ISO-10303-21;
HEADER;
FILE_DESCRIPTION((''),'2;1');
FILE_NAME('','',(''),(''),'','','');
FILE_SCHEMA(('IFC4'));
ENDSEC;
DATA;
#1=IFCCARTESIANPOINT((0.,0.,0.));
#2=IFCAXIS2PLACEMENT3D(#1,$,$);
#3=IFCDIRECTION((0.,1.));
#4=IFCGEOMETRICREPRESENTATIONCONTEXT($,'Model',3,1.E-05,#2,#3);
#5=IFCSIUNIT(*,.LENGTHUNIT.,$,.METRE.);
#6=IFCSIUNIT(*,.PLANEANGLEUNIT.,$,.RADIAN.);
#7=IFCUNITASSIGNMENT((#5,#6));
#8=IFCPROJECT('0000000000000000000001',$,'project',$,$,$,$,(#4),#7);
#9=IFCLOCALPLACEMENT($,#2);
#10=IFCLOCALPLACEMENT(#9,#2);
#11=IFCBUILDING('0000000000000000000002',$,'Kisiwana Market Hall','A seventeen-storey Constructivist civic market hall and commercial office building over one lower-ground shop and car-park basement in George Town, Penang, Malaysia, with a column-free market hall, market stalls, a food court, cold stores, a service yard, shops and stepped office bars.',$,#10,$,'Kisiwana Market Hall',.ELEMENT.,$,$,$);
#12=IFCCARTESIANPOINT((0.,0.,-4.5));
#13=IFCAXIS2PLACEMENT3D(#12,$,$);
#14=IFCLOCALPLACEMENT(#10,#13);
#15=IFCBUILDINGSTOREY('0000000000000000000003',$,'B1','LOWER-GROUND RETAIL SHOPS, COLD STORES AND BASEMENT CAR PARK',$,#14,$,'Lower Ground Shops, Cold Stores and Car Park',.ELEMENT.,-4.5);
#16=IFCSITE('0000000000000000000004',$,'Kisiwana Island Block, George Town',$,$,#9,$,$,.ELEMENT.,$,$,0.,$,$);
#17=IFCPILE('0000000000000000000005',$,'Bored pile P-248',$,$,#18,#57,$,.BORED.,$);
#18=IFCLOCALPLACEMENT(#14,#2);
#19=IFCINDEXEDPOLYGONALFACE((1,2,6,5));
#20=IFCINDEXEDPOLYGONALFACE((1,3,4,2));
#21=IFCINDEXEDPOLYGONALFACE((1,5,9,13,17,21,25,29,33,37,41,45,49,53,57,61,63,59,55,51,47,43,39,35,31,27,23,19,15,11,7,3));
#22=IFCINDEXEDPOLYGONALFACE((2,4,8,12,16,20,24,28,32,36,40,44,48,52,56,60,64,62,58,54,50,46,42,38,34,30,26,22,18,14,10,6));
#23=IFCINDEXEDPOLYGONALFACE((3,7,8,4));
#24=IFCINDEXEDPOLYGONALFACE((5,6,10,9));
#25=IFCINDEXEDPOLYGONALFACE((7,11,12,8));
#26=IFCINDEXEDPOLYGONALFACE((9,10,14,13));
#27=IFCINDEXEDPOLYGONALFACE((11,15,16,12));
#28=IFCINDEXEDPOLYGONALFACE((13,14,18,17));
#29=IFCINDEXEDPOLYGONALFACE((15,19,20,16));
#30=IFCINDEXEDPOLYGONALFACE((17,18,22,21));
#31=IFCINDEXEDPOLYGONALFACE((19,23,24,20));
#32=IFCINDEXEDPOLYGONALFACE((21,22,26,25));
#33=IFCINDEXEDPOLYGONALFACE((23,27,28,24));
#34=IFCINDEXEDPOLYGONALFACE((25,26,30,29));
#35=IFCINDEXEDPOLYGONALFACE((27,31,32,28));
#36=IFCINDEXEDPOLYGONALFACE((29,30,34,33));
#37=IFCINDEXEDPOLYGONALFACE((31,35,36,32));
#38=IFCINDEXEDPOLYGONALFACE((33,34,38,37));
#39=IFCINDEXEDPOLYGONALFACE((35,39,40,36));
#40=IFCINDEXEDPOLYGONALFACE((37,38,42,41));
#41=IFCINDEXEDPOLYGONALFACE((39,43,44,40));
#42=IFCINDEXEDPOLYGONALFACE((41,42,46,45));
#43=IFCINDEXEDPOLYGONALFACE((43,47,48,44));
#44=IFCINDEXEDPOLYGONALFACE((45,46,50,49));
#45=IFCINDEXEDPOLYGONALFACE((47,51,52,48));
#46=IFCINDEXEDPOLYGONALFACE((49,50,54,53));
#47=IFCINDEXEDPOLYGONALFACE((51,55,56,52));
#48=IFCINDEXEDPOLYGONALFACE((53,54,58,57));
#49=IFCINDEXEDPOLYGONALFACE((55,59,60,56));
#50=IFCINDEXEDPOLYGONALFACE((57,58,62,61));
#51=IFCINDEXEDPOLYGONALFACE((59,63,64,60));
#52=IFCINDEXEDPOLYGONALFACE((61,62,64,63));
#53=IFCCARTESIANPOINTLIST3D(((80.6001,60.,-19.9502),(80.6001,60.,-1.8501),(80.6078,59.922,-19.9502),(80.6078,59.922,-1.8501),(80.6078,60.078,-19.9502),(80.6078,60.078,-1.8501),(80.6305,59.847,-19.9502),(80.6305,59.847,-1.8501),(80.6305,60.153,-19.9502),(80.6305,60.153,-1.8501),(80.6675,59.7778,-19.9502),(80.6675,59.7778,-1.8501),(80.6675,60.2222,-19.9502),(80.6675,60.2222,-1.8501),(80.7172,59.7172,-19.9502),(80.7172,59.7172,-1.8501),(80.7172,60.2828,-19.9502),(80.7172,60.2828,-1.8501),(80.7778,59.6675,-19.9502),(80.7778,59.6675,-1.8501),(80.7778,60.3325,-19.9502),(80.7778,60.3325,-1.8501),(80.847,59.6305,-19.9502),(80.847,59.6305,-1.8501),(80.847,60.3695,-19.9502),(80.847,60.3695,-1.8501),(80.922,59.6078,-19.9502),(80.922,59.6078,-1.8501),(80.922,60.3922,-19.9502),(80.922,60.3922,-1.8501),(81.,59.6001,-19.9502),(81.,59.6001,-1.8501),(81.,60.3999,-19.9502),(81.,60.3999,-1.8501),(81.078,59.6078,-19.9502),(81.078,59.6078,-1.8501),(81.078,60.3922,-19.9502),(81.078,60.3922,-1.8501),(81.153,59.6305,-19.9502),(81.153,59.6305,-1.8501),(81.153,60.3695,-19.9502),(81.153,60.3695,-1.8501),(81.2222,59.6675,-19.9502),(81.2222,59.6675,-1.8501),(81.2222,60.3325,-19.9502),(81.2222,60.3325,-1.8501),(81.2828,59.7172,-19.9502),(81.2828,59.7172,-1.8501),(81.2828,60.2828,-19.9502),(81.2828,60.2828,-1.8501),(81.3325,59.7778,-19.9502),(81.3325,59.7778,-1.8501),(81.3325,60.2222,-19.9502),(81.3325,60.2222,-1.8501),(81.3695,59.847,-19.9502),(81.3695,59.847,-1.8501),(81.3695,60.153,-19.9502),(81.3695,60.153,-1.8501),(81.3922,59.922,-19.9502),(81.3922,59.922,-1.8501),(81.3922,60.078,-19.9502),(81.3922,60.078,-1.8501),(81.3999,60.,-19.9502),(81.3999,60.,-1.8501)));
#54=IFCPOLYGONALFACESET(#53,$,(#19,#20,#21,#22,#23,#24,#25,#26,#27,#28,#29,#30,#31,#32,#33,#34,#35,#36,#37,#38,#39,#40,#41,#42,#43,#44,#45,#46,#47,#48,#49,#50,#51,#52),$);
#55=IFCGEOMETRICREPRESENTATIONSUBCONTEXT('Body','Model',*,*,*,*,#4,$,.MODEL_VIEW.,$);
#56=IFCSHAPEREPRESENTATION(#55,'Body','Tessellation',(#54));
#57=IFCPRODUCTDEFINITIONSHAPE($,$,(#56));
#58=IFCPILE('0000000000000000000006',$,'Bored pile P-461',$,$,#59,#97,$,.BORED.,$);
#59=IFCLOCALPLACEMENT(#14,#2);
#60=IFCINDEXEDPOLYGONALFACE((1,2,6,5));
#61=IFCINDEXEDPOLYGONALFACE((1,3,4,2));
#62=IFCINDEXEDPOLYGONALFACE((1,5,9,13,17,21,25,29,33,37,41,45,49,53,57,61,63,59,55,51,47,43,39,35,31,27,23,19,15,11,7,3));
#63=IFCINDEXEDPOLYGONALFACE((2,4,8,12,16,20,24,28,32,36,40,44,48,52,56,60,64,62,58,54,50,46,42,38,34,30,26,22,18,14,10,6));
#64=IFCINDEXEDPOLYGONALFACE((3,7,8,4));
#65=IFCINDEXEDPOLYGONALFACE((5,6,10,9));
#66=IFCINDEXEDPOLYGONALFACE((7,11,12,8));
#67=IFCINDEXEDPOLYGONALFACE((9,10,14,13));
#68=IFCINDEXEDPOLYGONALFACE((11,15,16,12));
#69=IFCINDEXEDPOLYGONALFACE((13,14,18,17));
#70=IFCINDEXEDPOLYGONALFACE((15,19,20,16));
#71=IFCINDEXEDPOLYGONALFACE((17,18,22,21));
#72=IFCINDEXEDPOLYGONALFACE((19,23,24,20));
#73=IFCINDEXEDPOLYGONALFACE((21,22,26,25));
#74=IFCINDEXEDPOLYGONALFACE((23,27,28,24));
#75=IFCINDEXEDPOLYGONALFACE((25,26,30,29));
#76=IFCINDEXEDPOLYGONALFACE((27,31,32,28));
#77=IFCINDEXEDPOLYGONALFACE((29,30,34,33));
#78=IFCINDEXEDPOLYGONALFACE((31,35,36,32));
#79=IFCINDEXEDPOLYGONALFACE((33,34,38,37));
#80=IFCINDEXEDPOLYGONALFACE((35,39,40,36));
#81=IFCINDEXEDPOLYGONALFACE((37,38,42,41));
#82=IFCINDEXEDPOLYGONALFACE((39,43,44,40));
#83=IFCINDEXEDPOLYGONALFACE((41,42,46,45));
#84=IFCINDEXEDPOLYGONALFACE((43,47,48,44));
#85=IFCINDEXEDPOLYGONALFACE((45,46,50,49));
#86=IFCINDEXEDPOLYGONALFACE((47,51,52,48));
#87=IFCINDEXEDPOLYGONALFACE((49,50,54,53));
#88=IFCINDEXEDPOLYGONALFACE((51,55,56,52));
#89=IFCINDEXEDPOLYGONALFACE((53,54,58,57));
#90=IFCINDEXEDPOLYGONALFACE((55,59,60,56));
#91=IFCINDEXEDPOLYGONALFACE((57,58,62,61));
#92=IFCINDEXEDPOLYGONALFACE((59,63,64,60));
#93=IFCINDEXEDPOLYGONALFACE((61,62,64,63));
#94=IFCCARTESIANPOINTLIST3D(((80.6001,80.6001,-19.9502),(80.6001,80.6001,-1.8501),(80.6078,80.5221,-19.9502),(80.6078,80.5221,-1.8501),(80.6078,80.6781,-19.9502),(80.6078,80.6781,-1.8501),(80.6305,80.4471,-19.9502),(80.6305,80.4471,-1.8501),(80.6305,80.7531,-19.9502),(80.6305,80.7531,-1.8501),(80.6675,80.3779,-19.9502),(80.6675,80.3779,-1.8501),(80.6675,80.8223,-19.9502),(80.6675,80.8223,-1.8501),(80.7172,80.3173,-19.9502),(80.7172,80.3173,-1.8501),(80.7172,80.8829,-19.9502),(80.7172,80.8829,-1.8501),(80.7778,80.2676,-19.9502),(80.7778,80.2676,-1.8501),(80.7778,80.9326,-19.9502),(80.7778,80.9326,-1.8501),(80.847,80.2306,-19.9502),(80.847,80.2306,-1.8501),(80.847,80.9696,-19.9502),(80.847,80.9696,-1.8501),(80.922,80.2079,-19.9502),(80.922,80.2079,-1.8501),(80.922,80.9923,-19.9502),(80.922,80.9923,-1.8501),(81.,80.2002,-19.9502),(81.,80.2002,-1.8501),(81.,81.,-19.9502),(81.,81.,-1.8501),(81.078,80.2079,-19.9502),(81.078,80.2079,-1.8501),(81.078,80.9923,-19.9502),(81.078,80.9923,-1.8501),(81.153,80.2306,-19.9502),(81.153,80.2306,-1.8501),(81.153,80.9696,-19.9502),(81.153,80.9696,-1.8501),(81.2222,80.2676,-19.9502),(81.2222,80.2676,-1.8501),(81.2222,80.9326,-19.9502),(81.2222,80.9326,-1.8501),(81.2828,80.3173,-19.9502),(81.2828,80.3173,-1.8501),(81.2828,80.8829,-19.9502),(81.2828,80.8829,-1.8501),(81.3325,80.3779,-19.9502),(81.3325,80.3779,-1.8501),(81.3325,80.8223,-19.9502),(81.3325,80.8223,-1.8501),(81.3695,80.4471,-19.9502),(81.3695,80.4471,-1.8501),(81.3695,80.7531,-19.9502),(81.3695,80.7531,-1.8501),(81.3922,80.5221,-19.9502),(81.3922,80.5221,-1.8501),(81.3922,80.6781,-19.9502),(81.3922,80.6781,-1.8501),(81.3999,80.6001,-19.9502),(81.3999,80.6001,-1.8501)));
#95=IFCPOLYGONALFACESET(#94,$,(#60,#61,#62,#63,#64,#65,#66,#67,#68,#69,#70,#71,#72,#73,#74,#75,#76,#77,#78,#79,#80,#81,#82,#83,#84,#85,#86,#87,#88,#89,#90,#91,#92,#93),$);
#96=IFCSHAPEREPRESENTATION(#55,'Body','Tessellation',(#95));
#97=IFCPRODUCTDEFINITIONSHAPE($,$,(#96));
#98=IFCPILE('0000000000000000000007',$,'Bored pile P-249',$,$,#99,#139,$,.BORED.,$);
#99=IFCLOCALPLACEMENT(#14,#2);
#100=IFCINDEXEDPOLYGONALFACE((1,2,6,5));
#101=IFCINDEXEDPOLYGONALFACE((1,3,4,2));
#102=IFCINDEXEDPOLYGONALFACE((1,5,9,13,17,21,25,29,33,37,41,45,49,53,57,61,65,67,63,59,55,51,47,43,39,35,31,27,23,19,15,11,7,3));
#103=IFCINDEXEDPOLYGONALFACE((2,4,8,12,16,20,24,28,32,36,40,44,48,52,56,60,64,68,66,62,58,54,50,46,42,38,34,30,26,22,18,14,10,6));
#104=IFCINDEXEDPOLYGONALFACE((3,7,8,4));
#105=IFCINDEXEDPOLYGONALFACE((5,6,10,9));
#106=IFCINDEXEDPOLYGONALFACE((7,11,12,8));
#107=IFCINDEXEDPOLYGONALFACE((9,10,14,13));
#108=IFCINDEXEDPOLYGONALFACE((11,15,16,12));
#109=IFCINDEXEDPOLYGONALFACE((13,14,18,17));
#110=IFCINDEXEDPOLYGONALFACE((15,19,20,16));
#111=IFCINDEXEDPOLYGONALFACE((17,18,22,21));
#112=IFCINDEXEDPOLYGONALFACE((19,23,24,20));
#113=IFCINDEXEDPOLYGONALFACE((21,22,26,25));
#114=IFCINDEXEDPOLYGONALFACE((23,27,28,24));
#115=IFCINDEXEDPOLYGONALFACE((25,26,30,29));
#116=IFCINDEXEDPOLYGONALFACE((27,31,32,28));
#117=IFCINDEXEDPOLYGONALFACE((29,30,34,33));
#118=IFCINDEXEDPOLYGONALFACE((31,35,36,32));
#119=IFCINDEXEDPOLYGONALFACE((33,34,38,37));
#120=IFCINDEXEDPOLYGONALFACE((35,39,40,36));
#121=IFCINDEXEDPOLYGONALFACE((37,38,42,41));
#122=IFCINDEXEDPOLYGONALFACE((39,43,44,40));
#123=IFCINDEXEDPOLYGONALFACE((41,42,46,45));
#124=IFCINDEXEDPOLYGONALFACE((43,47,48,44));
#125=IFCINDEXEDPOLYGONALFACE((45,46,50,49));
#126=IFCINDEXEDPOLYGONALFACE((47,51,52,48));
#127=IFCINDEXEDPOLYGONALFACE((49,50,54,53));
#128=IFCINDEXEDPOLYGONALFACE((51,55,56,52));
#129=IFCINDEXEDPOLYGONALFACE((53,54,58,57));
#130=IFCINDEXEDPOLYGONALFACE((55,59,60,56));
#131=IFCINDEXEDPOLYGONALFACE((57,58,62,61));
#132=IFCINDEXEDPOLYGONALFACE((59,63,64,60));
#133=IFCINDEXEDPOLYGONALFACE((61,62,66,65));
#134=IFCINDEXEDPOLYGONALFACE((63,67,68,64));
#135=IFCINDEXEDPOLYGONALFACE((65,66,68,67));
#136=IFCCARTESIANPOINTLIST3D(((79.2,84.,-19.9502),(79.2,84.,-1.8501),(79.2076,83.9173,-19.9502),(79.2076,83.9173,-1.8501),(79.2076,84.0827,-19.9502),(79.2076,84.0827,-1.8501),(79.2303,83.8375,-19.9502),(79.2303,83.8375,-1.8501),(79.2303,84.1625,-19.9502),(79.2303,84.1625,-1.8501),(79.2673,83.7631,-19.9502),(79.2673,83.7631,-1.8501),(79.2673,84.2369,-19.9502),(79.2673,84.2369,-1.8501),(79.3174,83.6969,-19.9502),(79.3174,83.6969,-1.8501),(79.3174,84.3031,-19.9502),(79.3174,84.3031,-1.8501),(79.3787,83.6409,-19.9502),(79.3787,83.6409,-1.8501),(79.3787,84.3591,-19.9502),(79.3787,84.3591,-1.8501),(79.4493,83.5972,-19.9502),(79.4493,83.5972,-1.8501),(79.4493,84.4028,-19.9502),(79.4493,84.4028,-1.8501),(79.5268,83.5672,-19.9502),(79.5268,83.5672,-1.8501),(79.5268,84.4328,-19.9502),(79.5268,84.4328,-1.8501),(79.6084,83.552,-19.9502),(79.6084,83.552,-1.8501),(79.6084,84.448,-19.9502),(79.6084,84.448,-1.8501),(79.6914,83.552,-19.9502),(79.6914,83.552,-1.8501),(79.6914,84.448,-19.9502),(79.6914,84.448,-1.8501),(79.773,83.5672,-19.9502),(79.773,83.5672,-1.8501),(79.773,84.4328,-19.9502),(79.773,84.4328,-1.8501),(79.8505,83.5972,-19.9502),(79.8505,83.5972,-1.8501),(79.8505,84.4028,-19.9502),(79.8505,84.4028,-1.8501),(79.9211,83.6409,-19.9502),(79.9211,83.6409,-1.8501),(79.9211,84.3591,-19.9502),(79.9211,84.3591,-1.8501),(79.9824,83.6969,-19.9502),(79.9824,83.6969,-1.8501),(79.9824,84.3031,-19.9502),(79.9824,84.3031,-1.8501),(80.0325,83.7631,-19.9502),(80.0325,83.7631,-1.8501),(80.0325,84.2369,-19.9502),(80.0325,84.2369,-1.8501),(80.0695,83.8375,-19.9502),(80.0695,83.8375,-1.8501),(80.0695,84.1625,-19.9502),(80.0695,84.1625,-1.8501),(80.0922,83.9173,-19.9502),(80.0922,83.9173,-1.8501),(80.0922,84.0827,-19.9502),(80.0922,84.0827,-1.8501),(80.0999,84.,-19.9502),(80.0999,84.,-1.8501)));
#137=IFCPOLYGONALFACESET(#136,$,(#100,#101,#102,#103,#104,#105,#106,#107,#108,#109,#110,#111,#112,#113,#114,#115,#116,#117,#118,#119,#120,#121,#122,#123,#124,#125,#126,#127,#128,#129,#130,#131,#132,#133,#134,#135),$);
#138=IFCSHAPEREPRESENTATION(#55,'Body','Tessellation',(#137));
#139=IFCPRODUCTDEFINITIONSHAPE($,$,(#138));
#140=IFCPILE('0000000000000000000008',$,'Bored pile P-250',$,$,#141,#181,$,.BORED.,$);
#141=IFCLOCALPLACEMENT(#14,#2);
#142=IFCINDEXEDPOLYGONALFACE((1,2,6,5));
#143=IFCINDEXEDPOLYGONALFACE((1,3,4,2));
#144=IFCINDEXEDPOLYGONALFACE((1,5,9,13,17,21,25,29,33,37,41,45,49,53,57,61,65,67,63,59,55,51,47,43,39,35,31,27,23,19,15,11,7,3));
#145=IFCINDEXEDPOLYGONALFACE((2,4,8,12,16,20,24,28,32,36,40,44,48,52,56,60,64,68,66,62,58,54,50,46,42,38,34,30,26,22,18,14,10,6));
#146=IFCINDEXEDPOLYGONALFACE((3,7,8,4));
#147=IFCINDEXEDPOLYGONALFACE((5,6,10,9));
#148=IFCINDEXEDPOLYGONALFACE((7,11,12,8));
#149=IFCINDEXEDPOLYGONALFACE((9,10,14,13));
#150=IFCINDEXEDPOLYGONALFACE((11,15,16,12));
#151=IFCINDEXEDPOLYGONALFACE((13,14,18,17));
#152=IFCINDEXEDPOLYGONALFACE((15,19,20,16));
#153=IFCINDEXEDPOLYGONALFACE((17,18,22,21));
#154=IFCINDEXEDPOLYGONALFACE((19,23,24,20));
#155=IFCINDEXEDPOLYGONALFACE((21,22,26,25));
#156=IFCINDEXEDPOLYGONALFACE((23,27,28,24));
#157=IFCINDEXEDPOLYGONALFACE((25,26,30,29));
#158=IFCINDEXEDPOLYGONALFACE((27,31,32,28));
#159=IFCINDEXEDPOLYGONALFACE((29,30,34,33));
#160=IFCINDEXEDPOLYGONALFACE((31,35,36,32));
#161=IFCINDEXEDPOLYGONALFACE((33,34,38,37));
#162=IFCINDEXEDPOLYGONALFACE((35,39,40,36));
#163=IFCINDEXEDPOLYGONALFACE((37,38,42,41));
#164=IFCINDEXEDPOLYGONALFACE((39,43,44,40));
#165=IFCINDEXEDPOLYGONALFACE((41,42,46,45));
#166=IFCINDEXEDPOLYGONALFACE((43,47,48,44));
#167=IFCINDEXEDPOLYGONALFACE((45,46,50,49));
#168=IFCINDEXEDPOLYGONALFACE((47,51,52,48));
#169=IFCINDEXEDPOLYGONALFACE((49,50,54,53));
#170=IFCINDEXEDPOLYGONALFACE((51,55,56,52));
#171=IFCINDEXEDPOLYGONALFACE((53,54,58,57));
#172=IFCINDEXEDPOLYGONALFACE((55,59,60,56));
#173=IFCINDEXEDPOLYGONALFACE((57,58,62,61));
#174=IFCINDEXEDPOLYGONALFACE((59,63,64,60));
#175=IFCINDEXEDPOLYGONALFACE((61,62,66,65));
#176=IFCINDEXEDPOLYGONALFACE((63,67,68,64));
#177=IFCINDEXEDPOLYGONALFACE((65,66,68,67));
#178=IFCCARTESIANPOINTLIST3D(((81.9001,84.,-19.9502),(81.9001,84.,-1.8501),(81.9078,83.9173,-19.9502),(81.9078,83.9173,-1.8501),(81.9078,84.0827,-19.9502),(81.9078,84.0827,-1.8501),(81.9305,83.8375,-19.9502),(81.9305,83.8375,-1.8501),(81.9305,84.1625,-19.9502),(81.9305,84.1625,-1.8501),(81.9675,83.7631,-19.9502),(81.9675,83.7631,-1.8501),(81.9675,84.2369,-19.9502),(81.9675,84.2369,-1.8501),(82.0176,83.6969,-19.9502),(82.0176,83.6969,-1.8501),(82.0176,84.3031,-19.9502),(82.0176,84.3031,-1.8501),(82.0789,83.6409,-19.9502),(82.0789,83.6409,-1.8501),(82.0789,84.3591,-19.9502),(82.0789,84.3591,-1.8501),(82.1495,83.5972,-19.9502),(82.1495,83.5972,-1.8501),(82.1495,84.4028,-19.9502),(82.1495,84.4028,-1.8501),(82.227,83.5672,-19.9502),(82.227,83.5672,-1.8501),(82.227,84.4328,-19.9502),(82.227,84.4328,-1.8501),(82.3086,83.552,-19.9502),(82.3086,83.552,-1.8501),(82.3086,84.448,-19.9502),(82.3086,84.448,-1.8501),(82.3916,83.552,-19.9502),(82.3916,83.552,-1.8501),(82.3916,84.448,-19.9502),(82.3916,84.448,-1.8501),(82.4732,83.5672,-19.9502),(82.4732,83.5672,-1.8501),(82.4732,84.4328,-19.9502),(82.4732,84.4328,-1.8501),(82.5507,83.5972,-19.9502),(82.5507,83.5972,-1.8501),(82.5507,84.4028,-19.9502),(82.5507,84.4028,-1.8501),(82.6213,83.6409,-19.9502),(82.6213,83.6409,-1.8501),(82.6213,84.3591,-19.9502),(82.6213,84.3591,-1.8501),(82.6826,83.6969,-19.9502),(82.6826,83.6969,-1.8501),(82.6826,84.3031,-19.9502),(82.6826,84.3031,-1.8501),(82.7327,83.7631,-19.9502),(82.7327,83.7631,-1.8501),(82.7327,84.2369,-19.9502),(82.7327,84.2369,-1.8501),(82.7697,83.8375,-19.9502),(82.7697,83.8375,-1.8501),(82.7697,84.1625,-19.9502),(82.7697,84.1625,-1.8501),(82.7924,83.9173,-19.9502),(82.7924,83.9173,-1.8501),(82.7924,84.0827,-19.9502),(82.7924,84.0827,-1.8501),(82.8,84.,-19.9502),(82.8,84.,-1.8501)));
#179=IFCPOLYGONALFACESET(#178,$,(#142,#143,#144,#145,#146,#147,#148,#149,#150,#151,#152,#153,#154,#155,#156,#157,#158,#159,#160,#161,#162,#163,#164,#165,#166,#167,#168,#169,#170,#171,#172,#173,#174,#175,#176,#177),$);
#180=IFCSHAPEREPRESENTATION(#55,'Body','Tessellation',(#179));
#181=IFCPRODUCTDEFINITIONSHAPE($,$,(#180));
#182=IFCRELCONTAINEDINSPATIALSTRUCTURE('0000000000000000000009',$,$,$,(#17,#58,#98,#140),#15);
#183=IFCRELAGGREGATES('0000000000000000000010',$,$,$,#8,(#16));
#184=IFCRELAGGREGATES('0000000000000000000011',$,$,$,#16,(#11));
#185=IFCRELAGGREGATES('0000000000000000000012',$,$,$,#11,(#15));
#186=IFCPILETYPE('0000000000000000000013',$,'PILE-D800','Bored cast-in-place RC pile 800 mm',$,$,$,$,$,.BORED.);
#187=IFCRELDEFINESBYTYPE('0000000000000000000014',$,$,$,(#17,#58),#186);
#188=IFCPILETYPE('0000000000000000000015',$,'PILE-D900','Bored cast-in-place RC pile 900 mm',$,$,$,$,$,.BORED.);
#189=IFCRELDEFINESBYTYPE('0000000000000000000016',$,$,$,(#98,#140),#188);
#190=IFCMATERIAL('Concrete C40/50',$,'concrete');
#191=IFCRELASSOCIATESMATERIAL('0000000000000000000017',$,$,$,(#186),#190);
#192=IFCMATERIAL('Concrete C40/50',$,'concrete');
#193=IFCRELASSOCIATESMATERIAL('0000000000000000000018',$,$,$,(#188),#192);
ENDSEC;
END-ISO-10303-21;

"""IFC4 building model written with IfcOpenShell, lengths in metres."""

from ifc_helpers import new_model, si_unit, direction, frame, origin, origin_2d, place, context, subcontext, project, spatial, circle, extrude, material, material_profile, profile_set, type_object, element, save


model = new_model("IFC4")

# Units and contexts
model_context = context("Model", 3, precision=1e-05, world=origin(), true_north=direction((0.0, 1.0)))
body_context = subcontext(model_context, "Body", "Model", "MODEL_VIEW")
ifc_project = project(units=[si_unit("LENGTHUNIT", "METRE"), si_unit("PLANEANGLEUNIT", "RADIAN")], contexts=[model_context])

# Site, building, storey
site_placement = place(None, origin())
site = spatial("IfcSite", under=ifc_project, at=site_placement, Name="Kisiwana Island Block, George Town", CompositionType="ELEMENT", RefElevation=0.0)
building_placement = place(site_placement, origin())
building = spatial("IfcBuilding", under=site, at=building_placement, Name="Kisiwana Market Hall", Description="A seventeen-storey Constructivist civic market hall and commercial office building over one lower-ground shop and car-park basement in George Town, Penang, Malaysia, with a column-free market hall, market stalls, a food court, cold stores, a service yard, shops and stepped office bars.", LongName="Kisiwana Market Hall", CompositionType="ELEMENT")
storey_placement = place(building_placement, frame((0.0, 0.0, -4.5)))
storey = spatial("IfcBuildingStorey", under=building, at=storey_placement, Name="B1", Description="LOWER-GROUND RETAIL SHOPS, COLD STORES AND BASEMENT CAR PARK", LongName="Lower Ground Shops, Cold Stores and Car Park", CompositionType="ELEMENT", Elevation=-4.5)

# Piles
ifc_material_1 = material(Name="Concrete C40/50", Category="concrete")
ifc_material_profile_1 = material_profile(ifc_material_1, circle(Radius=0.3999, at=origin_2d()), Name="BP D800")
ifc_profile_set_1 = profile_set([ifc_material_profile_1], Name="Concrete C40/50")
pile_type_1 = type_object("IfcPileType", Name="PILE-D800", Description="Bored cast-in-place RC pile 800 mm", PredefinedType="BORED", material=ifc_profile_set_1)
for number, where, z_axis, x_axis, name in (
    (1, (81.0, 60.0, -1.8501), (0.0, 0.0, -1.0), (1.0, 0.0, 0.0), "Bored pile P-248"),
    (2, (81.0, 80.6001, -1.8501), (0.0, 0.0, -1.0), (1.0, 0.0, 0.0), "Bored pile P-461"),
):
    element("IfcPile", number, at=place(storey_placement, frame(where, z_axis=z_axis, x_axis=x_axis)), inside=storey, type_object=pile_type_1, Name=name, PredefinedType="BORED", context=body_context, shape_type="SweptSolid", body=[
        extrude(circle(Radius=0.3999, at=origin_2d()), origin(), (0.0, 0.0, 1.0), 18.1001),
    ])
ifc_material_2 = material(Name="Concrete C40/50", Category="concrete")
ifc_material_profile_2 = material_profile(ifc_material_2, circle(Radius=0.45, at=origin_2d()), Name="BP D900")
ifc_profile_set_2 = profile_set([ifc_material_profile_2], Name="Concrete C40/50")
pile_type_2 = type_object("IfcPileType", Name="PILE-D900", Description="Bored cast-in-place RC pile 900 mm", PredefinedType="BORED", material=ifc_profile_set_2)
for number, where, z_axis, x_axis, name in (
    (3, (79.6499, 84.0, -1.8501), (0.0, 0.0, -1.0), (1.0, 0.0, 0.0), "Bored pile P-249"),
    (4, (82.3501, 84.0, -1.8501), (0.0, 0.0, -1.0), (1.0, 0.0, 0.0), "Bored pile P-250"),
):
    element("IfcPile", number, at=place(storey_placement, frame(where, z_axis=z_axis, x_axis=x_axis)), inside=storey, type_object=pile_type_2, Name=name, PredefinedType="BORED", context=body_context, shape_type="SweptSolid", body=[
        extrude(circle(Radius=0.45, at=origin_2d()), origin(), (0.0, 0.0, 1.0), 18.1001),
    ])

save(model, "model.ifc")
